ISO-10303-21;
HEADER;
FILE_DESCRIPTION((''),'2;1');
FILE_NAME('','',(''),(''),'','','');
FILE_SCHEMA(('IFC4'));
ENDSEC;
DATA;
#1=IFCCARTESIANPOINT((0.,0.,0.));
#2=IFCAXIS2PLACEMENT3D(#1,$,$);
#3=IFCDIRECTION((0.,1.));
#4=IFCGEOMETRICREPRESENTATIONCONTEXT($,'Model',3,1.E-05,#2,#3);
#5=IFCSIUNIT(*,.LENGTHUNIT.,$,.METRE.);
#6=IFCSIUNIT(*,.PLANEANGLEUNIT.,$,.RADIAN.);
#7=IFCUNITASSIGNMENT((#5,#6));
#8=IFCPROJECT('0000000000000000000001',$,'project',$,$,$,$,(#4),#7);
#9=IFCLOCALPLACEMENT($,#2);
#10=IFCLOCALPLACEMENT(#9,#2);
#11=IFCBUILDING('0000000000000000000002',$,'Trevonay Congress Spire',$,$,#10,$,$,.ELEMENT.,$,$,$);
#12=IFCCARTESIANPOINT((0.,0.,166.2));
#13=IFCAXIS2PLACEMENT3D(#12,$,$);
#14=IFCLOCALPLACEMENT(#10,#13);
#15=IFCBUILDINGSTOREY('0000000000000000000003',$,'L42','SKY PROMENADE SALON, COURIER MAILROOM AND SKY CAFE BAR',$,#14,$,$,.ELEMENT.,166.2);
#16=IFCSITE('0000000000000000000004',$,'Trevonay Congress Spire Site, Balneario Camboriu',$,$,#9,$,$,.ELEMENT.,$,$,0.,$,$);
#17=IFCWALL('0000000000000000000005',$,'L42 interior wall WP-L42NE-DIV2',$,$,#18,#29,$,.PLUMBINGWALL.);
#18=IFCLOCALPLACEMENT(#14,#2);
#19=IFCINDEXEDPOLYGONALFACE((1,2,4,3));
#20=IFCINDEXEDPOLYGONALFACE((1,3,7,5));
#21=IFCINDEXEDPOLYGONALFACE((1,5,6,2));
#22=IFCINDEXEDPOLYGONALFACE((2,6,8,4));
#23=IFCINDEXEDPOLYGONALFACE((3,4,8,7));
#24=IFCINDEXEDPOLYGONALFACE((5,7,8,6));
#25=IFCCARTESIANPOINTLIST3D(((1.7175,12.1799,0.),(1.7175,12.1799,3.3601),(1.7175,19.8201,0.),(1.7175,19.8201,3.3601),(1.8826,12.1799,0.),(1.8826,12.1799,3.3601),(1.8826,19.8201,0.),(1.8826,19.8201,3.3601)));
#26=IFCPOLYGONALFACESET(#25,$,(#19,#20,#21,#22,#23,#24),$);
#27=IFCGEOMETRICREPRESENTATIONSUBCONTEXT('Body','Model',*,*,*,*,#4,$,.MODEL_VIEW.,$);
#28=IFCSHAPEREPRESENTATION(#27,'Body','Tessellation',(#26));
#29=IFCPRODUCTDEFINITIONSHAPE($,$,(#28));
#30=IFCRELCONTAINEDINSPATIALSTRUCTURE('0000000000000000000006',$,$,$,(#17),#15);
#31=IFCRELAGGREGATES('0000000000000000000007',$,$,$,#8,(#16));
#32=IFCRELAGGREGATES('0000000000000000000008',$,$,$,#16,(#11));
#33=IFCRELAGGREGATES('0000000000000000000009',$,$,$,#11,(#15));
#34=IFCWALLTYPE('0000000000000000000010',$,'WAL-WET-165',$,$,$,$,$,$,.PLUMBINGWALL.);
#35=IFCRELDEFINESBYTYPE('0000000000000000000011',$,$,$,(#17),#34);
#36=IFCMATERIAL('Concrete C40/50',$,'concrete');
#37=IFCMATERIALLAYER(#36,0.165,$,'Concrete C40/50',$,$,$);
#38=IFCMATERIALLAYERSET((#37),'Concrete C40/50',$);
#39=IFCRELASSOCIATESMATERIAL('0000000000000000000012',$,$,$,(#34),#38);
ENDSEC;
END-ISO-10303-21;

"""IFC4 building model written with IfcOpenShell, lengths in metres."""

from ifc_helpers import new_model, si_unit, direction, frame, frame_2d, origin, place, context, subcontext, project, spatial, rectangle, extrude, material, layer, layer_set, type_object, element, save


model = new_model("IFC4")

# Units and contexts
model_context = context("Model", 3, precision=1e-05, world=origin(), true_north=direction((0.0, 1.0)))
body_context = subcontext(model_context, "Body", "Model", "MODEL_VIEW")
ifc_project = project(units=[si_unit("LENGTHUNIT", "METRE"), si_unit("PLANEANGLEUNIT", "RADIAN")], contexts=[model_context])

# Site, building, storey
site_placement = place(None, origin())
site = spatial("IfcSite", under=ifc_project, at=site_placement, Name="Trevonay Congress Spire Site, Balneario Camboriu", CompositionType="ELEMENT", RefElevation=0.0)
building_placement = place(site_placement, origin())
building = spatial("IfcBuilding", under=site, at=building_placement, Name="Trevonay Congress Spire", CompositionType="ELEMENT")
storey_placement = place(building_placement, frame((0.0, 0.0, 166.2)))
storey = spatial("IfcBuildingStorey", under=building, at=storey_placement, Name="L42", Description="SKY PROMENADE SALON, COURIER MAILROOM AND SKY CAFE BAR", CompositionType="ELEMENT", Elevation=166.2)

# Wall
ifc_material_1 = material(Name="Concrete C40/50", Category="concrete")
ifc_layer_1 = layer(ifc_material_1, 0.165, Name="Concrete C40/50")
ifc_layer_set_1 = layer_set([ifc_layer_1], Name="Concrete C40/50")
wall_type_1 = type_object("IfcWallType", Name="WAL-WET-165", PredefinedType="PLUMBINGWALL", material=ifc_layer_set_1)
wall_1_placement = place(storey_placement, frame((1.8, 12.1799, 0.0), z_axis=(0.0, 0.0, 1.0), x_axis=(0.0, 1.0, 0.0)))
element("IfcWall", 1, at=wall_1_placement, inside=storey, type_object=wall_type_1, Name="L42 interior wall WP-L42NE-DIV2", PredefinedType="PLUMBINGWALL", context=body_context, shape_type="SweptSolid", body=[
    extrude(rectangle(XDim=7.6401, YDim=0.165, at=frame_2d((3.8201, 0.0))), origin(), (0.0, 0.0, 1.0), 3.3601),
])

save(model, "model.ifc")
